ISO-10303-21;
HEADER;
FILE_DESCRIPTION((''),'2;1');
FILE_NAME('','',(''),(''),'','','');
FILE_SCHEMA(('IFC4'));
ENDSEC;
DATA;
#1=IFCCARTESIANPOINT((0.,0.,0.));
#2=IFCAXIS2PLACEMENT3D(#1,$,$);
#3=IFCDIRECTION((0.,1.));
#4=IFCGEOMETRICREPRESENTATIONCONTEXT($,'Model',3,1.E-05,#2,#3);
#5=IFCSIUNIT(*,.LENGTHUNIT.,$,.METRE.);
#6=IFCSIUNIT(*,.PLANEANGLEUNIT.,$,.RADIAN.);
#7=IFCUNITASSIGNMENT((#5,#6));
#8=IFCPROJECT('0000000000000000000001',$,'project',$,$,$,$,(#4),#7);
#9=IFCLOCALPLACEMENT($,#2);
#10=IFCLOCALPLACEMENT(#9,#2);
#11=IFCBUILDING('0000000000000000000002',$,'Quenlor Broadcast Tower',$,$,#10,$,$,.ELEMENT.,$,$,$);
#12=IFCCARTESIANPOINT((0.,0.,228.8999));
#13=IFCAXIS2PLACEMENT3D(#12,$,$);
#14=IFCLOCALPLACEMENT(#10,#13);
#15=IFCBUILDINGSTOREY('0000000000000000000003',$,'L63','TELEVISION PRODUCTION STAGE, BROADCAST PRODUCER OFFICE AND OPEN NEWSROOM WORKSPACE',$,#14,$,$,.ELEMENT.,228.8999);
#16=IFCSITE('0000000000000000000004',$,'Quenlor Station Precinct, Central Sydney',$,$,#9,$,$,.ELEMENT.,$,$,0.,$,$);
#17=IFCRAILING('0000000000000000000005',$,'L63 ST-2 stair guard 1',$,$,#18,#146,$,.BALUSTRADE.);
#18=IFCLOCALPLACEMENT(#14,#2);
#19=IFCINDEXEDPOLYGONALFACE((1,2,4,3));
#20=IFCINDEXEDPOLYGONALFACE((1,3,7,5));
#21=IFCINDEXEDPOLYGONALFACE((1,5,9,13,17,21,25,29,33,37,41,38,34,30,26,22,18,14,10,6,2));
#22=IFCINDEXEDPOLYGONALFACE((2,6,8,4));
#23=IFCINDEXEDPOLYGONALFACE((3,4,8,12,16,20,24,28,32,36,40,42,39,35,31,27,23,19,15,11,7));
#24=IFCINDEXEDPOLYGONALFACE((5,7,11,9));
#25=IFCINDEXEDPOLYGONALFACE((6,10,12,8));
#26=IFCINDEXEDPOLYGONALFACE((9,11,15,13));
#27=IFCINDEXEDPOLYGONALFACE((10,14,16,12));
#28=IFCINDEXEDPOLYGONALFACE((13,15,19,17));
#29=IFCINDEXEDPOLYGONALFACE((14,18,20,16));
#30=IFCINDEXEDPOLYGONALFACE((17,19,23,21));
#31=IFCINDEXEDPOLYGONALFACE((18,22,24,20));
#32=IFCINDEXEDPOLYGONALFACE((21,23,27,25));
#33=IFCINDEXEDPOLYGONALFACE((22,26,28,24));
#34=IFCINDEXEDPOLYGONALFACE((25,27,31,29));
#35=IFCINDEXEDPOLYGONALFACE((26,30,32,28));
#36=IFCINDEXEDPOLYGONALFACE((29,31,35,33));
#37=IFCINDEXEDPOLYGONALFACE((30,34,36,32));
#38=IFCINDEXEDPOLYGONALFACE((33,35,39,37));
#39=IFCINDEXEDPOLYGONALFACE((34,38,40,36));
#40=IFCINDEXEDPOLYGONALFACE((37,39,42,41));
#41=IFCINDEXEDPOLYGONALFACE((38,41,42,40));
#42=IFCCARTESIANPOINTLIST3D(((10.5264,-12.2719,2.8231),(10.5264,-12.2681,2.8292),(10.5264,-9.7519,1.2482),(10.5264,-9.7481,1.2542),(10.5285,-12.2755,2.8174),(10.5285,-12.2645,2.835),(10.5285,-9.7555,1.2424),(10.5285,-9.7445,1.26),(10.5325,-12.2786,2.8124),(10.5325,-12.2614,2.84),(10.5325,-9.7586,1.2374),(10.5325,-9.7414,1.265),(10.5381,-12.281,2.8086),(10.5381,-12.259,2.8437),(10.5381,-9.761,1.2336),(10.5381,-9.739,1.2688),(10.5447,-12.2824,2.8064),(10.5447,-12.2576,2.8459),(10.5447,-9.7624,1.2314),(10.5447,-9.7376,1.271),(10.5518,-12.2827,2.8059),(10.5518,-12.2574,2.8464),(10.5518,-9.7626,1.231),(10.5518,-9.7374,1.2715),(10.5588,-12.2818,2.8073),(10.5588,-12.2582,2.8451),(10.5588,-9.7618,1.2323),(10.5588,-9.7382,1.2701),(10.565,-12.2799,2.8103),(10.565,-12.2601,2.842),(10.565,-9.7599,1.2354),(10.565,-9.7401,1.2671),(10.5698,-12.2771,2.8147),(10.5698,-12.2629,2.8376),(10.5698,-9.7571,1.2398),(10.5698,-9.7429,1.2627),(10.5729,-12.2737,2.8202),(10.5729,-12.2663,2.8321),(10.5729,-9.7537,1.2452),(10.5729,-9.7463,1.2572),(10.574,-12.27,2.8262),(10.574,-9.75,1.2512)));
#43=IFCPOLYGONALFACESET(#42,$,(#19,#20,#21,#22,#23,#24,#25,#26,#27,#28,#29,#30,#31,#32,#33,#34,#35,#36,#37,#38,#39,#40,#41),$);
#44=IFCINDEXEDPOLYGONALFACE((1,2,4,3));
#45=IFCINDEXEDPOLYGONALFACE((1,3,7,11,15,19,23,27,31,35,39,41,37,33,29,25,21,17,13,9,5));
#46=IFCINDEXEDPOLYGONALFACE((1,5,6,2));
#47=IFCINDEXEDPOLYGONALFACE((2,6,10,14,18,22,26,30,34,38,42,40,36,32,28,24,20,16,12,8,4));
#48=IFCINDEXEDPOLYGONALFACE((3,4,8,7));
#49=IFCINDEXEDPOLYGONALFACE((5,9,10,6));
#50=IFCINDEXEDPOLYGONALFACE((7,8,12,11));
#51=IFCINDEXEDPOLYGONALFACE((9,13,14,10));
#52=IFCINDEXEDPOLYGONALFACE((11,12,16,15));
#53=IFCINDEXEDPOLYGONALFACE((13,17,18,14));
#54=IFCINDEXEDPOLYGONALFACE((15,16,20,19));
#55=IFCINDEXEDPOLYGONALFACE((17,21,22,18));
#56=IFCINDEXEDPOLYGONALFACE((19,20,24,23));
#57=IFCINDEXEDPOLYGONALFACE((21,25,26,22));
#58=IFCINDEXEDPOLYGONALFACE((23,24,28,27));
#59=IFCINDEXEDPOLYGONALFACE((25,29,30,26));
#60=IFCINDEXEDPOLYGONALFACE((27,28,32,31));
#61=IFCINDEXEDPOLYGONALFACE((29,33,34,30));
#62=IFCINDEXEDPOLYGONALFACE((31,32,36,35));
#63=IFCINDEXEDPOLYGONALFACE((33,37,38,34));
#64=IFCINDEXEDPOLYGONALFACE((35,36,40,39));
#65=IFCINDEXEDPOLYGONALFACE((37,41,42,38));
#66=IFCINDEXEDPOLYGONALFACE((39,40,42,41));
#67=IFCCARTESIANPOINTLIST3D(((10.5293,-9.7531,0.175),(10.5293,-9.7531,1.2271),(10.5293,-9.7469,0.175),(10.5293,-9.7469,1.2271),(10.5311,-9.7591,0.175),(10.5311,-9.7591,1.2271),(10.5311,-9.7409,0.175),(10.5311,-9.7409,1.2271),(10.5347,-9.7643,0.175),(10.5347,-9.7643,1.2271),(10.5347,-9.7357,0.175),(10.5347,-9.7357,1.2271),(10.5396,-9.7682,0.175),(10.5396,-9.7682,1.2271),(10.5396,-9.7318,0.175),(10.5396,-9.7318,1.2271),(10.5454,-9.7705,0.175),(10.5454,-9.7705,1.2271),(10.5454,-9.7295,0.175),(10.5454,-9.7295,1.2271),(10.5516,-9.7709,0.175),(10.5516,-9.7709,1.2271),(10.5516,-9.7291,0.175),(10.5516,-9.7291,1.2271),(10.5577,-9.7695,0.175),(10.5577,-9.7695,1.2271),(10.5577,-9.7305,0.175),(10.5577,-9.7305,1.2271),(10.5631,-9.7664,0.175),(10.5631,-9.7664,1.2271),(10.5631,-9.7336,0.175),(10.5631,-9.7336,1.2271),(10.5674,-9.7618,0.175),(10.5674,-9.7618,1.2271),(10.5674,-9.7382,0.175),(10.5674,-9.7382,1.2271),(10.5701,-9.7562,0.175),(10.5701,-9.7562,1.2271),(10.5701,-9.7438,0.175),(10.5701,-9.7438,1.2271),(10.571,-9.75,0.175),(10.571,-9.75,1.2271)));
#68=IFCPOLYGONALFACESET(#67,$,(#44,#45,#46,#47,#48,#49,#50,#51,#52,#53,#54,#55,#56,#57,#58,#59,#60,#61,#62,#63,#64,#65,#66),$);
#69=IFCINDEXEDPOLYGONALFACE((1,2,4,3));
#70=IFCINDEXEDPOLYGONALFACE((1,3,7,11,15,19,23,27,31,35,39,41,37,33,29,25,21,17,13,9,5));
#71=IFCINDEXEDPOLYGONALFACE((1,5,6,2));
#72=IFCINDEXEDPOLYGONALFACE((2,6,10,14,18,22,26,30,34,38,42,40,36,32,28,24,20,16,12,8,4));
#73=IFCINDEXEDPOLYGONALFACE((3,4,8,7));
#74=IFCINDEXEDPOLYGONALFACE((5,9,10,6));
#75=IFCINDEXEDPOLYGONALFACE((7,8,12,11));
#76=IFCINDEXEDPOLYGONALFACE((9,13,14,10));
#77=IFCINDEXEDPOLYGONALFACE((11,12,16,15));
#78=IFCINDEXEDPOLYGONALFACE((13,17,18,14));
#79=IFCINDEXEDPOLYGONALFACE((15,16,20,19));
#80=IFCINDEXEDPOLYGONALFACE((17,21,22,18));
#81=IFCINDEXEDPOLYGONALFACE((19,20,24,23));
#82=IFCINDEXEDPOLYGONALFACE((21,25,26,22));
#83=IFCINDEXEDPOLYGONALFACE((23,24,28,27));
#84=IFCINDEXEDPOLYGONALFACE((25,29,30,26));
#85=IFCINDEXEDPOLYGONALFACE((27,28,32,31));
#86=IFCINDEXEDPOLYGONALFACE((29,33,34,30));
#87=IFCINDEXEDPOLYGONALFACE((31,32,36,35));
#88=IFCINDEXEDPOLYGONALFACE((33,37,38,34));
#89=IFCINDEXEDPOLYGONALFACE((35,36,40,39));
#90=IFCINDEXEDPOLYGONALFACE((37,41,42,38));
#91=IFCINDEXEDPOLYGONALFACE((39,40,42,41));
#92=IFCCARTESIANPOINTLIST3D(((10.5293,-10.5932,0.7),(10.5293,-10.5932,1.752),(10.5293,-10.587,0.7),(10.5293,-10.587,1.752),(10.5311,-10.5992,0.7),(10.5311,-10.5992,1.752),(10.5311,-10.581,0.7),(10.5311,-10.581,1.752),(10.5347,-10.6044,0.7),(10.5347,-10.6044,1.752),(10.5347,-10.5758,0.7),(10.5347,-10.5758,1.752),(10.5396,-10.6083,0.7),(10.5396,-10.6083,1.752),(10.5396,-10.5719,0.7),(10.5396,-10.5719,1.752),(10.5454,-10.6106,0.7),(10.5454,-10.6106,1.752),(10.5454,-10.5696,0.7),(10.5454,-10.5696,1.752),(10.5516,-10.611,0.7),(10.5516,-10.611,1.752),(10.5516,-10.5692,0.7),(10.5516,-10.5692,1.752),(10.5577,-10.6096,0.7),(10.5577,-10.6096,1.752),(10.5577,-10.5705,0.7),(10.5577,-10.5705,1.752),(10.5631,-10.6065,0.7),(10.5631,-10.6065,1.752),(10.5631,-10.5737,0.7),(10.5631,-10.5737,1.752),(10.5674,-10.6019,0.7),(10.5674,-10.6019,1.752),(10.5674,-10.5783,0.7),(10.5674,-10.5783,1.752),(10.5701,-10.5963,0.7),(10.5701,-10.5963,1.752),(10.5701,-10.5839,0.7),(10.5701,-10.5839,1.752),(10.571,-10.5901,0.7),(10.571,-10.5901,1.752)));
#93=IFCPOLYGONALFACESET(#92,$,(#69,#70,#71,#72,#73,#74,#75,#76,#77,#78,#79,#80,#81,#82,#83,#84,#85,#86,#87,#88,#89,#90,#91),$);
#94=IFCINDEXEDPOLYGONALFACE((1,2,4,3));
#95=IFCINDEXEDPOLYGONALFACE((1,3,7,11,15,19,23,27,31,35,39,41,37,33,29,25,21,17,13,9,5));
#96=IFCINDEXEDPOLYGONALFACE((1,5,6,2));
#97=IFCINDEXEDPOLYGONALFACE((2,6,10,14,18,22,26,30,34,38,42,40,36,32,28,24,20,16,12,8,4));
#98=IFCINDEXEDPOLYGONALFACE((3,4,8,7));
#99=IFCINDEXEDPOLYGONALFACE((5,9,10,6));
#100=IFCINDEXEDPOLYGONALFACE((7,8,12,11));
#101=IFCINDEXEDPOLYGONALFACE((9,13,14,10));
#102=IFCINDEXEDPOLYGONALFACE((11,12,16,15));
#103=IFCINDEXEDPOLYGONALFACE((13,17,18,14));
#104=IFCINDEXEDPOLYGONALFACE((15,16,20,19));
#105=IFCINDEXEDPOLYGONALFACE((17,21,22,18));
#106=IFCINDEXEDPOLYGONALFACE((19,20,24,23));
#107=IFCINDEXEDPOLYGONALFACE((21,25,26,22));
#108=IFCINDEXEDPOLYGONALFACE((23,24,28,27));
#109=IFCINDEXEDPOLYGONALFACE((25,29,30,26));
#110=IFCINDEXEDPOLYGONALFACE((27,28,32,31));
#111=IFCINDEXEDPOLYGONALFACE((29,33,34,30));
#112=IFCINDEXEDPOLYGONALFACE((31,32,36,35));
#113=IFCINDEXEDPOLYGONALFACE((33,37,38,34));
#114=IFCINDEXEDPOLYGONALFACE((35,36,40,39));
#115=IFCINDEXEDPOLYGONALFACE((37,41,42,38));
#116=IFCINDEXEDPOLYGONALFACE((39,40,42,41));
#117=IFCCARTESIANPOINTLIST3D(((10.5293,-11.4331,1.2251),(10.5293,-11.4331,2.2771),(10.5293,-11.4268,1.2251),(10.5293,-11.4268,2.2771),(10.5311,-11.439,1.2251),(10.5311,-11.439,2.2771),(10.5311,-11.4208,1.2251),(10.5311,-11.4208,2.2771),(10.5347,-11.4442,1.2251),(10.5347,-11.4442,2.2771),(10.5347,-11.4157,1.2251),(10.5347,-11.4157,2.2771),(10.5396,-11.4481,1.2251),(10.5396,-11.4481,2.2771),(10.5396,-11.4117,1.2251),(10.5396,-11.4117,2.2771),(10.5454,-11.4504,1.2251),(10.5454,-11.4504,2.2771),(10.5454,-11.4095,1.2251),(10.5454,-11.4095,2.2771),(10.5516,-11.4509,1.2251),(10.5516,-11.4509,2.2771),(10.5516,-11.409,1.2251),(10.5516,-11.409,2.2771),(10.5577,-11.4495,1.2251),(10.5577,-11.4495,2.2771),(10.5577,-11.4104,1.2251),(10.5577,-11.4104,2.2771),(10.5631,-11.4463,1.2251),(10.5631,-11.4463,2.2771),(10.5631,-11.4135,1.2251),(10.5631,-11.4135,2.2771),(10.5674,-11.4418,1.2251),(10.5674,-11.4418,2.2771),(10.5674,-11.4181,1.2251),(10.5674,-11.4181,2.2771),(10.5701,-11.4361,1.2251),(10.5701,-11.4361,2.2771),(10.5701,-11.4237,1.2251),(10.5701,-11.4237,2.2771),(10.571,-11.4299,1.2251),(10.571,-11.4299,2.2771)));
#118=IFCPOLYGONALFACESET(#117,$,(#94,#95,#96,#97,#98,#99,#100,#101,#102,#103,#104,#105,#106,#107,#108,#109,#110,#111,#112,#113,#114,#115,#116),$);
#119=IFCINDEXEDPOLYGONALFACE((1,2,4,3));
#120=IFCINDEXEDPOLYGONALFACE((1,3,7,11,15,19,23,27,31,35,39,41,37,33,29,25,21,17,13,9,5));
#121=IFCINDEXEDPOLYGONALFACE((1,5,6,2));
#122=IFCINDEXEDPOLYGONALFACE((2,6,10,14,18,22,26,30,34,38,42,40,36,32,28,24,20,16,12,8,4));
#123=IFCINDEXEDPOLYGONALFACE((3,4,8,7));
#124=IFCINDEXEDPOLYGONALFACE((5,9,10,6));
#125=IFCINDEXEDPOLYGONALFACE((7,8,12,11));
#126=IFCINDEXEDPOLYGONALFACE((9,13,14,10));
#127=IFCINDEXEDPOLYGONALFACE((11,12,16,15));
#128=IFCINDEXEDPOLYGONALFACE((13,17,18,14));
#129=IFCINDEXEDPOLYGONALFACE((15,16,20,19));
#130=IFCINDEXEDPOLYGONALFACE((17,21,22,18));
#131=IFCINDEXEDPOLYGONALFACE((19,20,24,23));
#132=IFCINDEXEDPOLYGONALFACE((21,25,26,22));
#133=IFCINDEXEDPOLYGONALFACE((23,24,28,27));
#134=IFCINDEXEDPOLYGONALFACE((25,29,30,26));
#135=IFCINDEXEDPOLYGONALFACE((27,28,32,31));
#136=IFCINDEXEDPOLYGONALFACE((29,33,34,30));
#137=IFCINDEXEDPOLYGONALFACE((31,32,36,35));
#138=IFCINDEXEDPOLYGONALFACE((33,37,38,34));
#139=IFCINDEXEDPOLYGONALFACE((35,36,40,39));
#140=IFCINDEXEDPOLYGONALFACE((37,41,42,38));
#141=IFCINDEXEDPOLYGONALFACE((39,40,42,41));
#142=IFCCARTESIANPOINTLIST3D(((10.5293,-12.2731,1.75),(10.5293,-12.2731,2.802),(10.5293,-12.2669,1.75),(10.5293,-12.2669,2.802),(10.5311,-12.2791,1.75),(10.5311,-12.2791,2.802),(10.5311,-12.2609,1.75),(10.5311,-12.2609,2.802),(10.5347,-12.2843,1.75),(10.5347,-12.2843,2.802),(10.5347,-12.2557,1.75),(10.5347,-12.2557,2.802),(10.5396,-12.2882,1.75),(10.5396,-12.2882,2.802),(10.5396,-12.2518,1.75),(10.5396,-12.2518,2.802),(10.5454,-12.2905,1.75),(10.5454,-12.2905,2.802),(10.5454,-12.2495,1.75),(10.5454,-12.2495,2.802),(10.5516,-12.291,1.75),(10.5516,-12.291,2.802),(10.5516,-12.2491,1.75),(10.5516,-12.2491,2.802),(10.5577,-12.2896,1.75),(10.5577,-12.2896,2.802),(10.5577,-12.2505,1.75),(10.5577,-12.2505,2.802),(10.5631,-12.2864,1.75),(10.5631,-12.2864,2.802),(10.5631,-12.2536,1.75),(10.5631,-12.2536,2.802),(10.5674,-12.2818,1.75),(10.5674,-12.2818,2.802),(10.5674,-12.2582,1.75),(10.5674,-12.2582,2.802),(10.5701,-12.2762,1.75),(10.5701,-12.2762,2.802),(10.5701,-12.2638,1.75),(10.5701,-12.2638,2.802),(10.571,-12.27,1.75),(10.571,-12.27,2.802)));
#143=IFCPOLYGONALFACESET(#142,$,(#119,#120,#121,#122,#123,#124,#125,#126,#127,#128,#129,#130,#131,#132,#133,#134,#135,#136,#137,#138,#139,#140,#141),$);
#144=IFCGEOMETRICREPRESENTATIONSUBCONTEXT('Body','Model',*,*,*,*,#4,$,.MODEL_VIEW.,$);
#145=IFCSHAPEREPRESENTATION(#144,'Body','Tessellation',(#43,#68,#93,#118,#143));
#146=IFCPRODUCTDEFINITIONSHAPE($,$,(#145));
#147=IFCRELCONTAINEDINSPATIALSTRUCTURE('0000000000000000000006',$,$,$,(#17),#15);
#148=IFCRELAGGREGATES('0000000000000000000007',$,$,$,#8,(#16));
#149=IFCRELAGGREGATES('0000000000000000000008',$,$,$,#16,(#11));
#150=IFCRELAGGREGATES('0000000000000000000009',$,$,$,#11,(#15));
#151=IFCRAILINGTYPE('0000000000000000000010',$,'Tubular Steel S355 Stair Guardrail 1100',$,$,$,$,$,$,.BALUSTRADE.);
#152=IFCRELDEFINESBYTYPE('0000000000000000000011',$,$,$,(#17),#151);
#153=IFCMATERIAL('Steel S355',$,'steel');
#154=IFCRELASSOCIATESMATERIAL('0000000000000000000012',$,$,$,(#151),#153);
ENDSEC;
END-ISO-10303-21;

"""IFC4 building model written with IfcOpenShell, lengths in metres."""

from ifc_helpers import new_model, si_unit, direction, frame, origin, origin_2d, place, context, subcontext, project, spatial, circle, extrude, material, type_object, element, save


model = new_model("IFC4")

# Units and contexts
model_context = context("Model", 3, precision=1e-05, world=origin(), true_north=direction((0.0, 1.0)))
body_context = subcontext(model_context, "Body", "Model", "MODEL_VIEW")
ifc_project = project(units=[si_unit("LENGTHUNIT", "METRE"), si_unit("PLANEANGLEUNIT", "RADIAN")], contexts=[model_context])

# Site, building, storey
site_placement = place(None, origin())
site = spatial("IfcSite", under=ifc_project, at=site_placement, Name="Quenlor Station Precinct, Central Sydney", CompositionType="ELEMENT", RefElevation=0.0)
building_placement = place(site_placement, origin())
building = spatial("IfcBuilding", under=site, at=building_placement, Name="Quenlor Broadcast Tower", CompositionType="ELEMENT")
storey_placement = place(building_placement, frame((0.0, 0.0, 228.8999)))
storey = spatial("IfcBuildingStorey", under=building, at=storey_placement, Name="L63", Description="TELEVISION PRODUCTION STAGE, BROADCAST PRODUCER OFFICE AND OPEN NEWSROOM WORKSPACE", CompositionType="ELEMENT", Elevation=228.8999)

# Railing
ifc_material_1 = material(Name="Steel S355", Category="steel")
railing_type_1 = type_object("IfcRailingType", Name="Tubular Steel S355 Stair Guardrail 1100", PredefinedType="BALUSTRADE", material=ifc_material_1)
railing_1_placement = place(storey_placement, frame((10.55, -9.75, 0.175)))
element("IfcRailing", 1, at=railing_1_placement, inside=storey, type_object=railing_type_1, Name="L63 ST-2 stair guard 1", PredefinedType="BALUSTRADE", context=body_context, shape_type="SweptSolid", body=[
    extrude(circle(Radius=0.0239, at=origin_2d()), frame((0.0, 0.0, 1.0762), z_axis=(0.0, -0.848008, 0.529984), x_axis=(1.0, 0.0, 0.0)), (0.0, 0.0, 1.0), 2.9717),
    extrude(circle(Radius=0.021, at=origin_2d()), origin(), (0.0, 0.0, 1.0), 1.052),
    extrude(circle(Radius=0.021, at=origin_2d()), frame((0.0, -0.8401, 0.5249)), (0.0, 0.0, 1.0), 1.052),
    extrude(circle(Radius=0.021, at=origin_2d()), frame((0.0, -1.6799, 1.05)), (0.0, 0.0, 1.0), 1.052),
    extrude(circle(Radius=0.021, at=origin_2d()), frame((0.0, -2.52, 1.575)), (0.0, 0.0, 1.0), 1.052),
])

save(model, "model.ifc")
